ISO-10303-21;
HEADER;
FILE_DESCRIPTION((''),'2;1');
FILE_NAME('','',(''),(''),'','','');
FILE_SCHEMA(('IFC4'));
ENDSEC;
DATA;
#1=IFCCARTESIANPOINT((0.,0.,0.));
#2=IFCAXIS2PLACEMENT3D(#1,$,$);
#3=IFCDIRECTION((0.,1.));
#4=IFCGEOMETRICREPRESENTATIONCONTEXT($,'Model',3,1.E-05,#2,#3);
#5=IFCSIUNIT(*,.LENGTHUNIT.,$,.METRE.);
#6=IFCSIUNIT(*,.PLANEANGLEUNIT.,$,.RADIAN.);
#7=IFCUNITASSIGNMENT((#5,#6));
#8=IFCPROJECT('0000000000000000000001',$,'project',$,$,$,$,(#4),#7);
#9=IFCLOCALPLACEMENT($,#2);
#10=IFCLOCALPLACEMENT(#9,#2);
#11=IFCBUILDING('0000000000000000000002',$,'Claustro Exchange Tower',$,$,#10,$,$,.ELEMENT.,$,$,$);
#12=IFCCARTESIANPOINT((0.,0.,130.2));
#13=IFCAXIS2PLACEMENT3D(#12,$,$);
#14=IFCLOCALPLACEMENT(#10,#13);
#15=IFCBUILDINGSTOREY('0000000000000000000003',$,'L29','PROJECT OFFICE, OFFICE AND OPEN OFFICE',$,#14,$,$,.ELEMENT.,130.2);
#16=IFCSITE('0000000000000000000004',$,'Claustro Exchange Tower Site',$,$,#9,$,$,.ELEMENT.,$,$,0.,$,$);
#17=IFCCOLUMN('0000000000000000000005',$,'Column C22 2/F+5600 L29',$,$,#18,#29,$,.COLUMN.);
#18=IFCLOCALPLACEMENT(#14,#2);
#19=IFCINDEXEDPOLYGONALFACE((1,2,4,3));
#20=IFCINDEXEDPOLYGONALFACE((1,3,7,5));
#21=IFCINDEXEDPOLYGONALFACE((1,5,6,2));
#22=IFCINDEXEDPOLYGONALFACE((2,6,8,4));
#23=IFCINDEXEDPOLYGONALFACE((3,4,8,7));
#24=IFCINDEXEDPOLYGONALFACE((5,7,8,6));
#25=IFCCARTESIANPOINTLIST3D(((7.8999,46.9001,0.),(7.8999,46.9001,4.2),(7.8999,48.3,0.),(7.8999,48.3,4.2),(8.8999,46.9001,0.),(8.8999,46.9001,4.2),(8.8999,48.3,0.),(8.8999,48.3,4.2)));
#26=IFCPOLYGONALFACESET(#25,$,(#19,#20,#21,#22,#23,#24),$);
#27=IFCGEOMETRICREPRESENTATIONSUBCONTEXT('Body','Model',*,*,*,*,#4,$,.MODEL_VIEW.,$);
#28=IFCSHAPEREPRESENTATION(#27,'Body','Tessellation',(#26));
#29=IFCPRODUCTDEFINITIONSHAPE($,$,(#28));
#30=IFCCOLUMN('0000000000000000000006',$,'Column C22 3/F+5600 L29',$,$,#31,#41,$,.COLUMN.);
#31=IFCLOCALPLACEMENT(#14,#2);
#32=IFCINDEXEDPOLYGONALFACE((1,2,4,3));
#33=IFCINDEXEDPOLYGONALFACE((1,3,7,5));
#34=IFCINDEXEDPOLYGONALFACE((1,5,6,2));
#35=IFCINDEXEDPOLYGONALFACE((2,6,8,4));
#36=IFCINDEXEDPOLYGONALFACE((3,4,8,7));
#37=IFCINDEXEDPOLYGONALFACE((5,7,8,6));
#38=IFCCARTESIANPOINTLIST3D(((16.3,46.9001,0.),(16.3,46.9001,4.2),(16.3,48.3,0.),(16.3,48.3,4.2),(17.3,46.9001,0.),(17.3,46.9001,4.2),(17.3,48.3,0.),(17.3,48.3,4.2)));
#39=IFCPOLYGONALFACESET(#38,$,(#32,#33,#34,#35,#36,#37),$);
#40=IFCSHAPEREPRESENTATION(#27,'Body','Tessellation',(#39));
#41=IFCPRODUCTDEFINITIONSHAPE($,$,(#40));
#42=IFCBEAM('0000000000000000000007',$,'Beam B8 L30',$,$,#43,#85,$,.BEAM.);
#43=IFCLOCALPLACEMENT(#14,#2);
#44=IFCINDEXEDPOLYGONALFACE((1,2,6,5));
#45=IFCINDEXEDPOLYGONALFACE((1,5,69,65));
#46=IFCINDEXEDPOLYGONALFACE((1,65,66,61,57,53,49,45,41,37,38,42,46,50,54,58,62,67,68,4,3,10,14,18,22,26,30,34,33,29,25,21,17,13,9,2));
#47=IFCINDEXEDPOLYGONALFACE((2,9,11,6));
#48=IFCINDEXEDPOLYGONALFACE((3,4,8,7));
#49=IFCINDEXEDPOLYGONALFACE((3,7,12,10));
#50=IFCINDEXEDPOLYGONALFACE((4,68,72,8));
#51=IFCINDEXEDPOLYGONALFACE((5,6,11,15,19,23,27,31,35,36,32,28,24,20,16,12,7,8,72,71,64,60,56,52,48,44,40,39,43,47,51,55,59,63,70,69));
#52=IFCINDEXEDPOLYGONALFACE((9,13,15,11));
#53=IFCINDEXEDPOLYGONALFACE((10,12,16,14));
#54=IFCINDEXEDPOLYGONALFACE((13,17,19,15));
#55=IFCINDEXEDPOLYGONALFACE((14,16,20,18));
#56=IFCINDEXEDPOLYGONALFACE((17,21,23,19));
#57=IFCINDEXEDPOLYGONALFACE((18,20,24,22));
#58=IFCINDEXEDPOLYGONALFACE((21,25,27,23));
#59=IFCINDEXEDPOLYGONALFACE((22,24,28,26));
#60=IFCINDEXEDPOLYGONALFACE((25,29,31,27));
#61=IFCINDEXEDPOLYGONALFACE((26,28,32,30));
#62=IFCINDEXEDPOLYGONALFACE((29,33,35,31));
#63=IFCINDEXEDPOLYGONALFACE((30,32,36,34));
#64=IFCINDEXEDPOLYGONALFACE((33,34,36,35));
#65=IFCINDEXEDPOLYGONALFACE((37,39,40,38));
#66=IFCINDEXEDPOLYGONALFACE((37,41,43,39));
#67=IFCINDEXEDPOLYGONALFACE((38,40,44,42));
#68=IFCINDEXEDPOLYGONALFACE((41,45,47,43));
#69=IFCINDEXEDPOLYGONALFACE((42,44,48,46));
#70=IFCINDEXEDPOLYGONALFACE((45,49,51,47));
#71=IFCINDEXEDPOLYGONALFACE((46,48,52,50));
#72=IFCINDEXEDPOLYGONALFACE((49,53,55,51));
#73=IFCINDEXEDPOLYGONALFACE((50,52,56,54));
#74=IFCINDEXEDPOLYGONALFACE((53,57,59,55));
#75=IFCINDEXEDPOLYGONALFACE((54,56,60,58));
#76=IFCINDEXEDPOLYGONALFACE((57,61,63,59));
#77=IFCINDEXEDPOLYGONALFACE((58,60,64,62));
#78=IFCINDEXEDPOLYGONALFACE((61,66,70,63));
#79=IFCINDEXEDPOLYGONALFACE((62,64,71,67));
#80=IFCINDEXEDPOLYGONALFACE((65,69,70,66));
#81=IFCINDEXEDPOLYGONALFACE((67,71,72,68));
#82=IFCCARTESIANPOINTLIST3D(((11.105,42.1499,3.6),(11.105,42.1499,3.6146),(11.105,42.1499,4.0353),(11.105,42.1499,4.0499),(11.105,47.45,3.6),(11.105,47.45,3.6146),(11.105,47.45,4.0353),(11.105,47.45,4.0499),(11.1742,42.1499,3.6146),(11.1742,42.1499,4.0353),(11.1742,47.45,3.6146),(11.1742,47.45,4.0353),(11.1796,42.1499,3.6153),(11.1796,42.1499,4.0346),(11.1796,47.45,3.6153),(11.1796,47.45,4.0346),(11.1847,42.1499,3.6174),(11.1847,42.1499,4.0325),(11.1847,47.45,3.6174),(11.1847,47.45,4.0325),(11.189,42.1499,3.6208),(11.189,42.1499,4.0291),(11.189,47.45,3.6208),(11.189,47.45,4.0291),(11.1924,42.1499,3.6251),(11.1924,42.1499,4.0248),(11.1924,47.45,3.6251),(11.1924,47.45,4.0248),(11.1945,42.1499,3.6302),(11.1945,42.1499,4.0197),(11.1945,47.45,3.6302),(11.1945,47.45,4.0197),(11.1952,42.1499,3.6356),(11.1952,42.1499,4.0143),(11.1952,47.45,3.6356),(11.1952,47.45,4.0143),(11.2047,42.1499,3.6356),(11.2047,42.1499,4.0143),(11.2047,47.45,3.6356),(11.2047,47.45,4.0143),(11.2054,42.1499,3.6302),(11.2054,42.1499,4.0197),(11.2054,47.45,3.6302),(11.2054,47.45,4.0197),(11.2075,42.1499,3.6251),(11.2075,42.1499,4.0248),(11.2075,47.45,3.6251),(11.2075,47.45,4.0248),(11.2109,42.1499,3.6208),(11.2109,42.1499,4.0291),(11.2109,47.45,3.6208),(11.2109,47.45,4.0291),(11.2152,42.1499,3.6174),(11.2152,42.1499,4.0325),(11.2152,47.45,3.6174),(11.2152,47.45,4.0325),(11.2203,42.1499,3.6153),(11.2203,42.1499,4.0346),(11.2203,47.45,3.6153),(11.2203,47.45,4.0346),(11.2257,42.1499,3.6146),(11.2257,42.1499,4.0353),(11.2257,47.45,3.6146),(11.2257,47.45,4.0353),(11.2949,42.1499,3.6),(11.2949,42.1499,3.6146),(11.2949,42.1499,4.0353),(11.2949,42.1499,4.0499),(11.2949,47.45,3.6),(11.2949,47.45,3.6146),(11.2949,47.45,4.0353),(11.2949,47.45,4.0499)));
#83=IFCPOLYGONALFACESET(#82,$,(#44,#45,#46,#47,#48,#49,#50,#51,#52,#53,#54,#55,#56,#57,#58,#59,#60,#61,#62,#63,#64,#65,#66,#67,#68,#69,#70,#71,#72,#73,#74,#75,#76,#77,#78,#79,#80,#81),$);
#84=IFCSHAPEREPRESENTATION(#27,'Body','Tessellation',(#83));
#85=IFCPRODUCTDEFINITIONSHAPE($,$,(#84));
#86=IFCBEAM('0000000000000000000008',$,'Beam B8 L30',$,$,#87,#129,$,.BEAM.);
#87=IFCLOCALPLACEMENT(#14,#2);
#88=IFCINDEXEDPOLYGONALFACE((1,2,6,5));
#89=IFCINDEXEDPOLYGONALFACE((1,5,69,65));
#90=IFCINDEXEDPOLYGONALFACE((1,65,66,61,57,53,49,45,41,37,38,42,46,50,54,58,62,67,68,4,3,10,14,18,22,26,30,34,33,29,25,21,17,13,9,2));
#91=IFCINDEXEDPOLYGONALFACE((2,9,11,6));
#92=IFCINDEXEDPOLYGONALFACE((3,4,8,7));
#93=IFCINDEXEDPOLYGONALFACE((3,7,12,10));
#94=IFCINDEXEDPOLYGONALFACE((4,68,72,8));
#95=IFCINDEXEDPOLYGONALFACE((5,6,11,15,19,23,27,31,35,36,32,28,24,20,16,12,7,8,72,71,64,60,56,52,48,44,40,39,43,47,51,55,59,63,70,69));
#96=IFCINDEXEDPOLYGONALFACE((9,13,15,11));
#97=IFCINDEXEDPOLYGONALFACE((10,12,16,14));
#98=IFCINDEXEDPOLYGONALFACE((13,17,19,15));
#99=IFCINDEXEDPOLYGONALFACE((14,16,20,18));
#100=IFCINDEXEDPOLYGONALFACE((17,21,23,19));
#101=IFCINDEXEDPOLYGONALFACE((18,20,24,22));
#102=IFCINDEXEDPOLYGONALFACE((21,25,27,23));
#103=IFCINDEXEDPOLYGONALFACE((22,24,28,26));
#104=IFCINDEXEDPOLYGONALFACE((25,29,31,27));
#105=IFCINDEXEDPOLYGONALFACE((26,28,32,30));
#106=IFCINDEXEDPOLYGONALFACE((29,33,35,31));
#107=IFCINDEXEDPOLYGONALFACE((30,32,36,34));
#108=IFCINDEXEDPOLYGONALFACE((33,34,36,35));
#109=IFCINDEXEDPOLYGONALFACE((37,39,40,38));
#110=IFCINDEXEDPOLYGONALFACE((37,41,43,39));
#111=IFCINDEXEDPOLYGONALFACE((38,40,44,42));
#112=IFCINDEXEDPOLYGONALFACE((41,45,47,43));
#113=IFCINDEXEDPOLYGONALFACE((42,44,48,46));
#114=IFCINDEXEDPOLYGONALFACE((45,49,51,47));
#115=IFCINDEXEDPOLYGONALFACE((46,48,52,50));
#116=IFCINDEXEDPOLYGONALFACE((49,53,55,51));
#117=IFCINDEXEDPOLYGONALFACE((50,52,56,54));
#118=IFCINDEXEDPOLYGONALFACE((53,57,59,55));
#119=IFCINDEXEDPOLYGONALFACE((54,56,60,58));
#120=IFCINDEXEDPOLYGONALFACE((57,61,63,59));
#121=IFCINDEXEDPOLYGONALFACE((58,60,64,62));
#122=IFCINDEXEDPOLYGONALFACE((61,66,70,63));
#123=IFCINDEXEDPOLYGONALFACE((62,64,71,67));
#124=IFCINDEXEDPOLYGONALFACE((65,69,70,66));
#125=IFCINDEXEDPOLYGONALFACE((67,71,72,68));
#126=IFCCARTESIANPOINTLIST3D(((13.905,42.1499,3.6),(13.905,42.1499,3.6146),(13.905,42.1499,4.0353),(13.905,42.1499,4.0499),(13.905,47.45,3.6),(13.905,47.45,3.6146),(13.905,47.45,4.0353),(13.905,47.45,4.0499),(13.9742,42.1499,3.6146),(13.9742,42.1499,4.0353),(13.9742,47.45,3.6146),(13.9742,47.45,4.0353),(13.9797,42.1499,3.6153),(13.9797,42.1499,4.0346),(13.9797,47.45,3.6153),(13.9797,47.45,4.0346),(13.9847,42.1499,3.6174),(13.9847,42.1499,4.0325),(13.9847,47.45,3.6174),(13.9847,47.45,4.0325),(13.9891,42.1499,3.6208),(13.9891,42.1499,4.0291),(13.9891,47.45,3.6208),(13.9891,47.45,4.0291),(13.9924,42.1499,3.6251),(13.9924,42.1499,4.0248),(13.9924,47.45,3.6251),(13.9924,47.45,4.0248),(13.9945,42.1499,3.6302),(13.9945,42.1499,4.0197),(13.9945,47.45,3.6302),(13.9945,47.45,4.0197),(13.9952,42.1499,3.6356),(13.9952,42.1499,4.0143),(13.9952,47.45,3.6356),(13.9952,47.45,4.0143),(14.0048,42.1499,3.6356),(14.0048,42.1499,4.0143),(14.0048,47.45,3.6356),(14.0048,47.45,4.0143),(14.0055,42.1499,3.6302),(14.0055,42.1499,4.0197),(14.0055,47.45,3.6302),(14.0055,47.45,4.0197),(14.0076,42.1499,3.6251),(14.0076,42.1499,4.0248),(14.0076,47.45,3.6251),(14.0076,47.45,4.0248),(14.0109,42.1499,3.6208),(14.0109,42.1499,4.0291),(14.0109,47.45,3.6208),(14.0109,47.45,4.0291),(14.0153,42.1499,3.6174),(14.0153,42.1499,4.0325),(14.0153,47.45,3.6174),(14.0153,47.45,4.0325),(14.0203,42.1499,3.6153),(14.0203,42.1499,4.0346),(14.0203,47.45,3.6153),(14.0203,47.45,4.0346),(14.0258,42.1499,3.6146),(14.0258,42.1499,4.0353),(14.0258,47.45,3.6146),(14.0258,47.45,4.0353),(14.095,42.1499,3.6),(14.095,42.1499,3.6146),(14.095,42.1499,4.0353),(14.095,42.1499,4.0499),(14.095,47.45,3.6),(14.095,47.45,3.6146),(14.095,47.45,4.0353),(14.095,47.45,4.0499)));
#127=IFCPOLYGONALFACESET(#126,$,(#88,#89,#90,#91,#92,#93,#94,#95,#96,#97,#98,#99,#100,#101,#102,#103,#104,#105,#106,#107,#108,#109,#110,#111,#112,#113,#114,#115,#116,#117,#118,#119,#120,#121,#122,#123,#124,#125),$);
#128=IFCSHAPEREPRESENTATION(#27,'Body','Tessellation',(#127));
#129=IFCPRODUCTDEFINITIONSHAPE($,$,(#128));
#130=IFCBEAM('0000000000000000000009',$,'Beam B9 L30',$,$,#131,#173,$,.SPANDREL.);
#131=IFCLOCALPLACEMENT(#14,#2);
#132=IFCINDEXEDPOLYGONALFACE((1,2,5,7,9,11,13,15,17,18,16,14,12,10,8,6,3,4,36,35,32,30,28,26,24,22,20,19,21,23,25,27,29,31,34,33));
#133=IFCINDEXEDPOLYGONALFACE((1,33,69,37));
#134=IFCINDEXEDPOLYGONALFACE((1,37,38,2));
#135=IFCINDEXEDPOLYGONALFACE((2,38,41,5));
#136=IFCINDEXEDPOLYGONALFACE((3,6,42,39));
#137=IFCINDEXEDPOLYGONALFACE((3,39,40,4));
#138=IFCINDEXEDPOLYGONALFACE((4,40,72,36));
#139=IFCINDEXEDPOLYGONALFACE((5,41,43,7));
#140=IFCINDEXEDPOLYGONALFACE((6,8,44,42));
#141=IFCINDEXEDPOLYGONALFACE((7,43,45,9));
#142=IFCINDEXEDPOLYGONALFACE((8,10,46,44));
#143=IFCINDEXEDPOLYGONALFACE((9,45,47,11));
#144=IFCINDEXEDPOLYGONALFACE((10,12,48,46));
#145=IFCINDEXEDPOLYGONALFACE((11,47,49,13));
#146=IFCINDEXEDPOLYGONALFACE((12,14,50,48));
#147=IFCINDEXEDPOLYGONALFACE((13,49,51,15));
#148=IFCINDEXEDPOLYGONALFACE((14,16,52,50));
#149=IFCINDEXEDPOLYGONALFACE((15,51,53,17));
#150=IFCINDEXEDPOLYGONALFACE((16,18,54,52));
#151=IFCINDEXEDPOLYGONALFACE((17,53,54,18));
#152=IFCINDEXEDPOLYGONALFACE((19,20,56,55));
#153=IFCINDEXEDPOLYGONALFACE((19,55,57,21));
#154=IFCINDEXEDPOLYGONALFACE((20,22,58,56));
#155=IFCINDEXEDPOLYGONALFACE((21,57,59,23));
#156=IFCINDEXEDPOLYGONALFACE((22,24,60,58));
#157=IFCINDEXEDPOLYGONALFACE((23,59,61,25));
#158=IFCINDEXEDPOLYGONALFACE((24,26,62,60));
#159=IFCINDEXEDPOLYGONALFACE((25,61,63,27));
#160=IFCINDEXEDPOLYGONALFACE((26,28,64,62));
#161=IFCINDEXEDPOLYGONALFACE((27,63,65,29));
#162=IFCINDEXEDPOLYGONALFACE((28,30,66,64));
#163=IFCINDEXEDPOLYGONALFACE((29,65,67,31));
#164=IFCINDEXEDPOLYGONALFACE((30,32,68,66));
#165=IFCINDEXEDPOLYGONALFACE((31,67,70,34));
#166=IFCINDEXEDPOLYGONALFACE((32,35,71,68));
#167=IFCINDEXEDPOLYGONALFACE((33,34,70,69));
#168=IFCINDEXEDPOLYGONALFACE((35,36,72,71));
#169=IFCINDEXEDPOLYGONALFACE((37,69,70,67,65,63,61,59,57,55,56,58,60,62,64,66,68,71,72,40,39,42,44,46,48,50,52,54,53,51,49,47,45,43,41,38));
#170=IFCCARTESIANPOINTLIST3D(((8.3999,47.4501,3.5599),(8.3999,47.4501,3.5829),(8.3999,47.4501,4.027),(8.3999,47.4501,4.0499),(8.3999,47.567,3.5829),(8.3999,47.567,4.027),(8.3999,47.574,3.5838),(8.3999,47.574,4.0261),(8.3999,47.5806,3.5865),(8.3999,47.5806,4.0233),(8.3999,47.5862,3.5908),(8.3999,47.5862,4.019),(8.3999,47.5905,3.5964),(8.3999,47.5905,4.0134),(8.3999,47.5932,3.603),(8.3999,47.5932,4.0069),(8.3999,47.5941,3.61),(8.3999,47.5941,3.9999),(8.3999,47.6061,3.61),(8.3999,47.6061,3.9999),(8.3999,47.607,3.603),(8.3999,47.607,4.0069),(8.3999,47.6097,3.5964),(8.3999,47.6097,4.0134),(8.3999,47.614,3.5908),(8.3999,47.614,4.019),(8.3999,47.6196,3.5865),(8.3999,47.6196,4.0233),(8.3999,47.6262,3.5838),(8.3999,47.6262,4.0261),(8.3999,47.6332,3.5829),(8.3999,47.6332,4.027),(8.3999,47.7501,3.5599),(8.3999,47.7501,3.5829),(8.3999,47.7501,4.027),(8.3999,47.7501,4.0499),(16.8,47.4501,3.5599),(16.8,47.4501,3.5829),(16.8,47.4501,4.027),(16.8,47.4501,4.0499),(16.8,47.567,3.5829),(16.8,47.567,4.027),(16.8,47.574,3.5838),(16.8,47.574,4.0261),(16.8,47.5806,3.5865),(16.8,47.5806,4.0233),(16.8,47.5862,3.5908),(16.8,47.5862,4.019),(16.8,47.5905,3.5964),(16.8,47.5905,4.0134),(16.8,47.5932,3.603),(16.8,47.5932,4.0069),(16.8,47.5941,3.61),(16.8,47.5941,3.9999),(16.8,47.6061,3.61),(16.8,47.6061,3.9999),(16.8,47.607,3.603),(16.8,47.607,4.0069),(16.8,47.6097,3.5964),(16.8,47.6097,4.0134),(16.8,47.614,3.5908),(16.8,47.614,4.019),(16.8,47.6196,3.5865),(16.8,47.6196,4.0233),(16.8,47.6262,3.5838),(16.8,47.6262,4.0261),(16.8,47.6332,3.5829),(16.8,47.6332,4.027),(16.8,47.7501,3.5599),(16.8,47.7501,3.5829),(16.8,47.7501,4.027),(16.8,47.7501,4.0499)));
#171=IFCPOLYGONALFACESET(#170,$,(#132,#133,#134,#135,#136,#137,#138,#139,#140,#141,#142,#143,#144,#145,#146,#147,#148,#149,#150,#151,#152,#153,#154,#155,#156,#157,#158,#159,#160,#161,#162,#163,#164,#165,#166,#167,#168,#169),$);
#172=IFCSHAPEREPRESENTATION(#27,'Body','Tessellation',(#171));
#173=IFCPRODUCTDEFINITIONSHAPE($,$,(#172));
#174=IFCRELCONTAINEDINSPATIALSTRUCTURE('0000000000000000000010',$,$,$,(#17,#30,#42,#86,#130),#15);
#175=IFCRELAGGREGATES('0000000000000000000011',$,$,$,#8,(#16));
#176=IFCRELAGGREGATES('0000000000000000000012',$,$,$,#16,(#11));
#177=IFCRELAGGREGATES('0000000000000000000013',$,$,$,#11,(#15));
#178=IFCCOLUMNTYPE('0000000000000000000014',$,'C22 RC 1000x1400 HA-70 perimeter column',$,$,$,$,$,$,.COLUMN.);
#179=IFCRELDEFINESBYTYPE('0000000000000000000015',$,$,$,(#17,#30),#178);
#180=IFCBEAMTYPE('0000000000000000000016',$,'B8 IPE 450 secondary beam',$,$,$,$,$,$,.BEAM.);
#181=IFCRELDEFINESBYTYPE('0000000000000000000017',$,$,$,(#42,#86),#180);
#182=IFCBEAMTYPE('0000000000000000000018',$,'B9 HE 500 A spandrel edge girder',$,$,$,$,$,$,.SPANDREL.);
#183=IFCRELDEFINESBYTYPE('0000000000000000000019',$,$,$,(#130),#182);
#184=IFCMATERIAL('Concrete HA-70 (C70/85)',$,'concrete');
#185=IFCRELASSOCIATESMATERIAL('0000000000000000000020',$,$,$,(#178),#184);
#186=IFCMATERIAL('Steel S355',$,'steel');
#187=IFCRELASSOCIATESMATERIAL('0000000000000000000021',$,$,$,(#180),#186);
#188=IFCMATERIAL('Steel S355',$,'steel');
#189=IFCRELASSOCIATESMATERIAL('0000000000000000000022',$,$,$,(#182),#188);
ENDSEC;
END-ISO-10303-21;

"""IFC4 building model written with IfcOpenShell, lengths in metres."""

from ifc_helpers import new_model, si_unit, direction, frame, origin, origin_2d, place, context, subcontext, project, spatial, rectangle, i_section, extrude, material, material_profile, profile_set, type_object, element, save


model = new_model("IFC4")

# Units and contexts
model_context = context("Model", 3, precision=1e-05, world=origin(), true_north=direction((0.0, 1.0)))
body_context = subcontext(model_context, "Body", "Model", "MODEL_VIEW")
ifc_project = project(units=[si_unit("LENGTHUNIT", "METRE"), si_unit("PLANEANGLEUNIT", "RADIAN")], contexts=[model_context])

# Site, building, storey
site_placement = place(None, origin())
site = spatial("IfcSite", under=ifc_project, at=site_placement, Name="Claustro Exchange Tower Site", CompositionType="ELEMENT", RefElevation=0.0)
building_placement = place(site_placement, origin())
building = spatial("IfcBuilding", under=site, at=building_placement, Name="Claustro Exchange Tower", CompositionType="ELEMENT")
storey_placement = place(building_placement, frame((0.0, 0.0, 130.2)))
storey = spatial("IfcBuildingStorey", under=building, at=storey_placement, Name="L29", Description="PROJECT OFFICE, OFFICE AND OPEN OFFICE", CompositionType="ELEMENT", Elevation=130.2)

# Columns
ifc_material_1 = material(Name="Concrete HA-70 (C70/85)", Category="concrete")
ifc_material_profile_1 = material_profile(ifc_material_1, rectangle(XDim=1.0, YDim=1.3999, at=origin_2d()), Name="RC 1000x1400")
ifc_profile_set_1 = profile_set([ifc_material_profile_1], Name="Concrete HA-70 (C70/85)")
column_type = type_object("IfcColumnType", Name="C22 RC 1000x1400 HA-70 perimeter column", PredefinedType="COLUMN", material=ifc_profile_set_1)
for number, where, z_axis, x_axis, name in (
    (1, (8.3999, 47.6001, 0.0), (0.0, 0.0, 1.0), (1.0, 0.0, 0.0), "Column C22 2/F+5600 L29"),
    (2, (16.8, 47.6001, 0.0), (0.0, 0.0, 1.0), (1.0, 0.0, 0.0), "Column C22 3/F+5600 L29"),
):
    element("IfcColumn", number, at=place(storey_placement, frame(where, z_axis=z_axis, x_axis=x_axis)), inside=storey, type_object=column_type, Name=name, PredefinedType="COLUMN", context=body_context, shape_type="SweptSolid", body=[
        extrude(rectangle(XDim=1.0, YDim=1.3999, at=origin_2d()), origin(), (0.0, 0.0, 1.0), 4.2),
    ])

# Beams
ifc_material_2 = material(Name="Steel S355", Category="steel")
ifc_material_profile_2 = material_profile(ifc_material_2, i_section(OverallWidth=0.1899, OverallDepth=0.45, WebThickness=0.0095, FlangeThickness=0.0146, FilletRadius=0.021, at=origin_2d()), Name="IPE 450")
ifc_profile_set_2 = profile_set([ifc_material_profile_2], Name="Steel S355")
beam_type_1 = type_object("IfcBeamType", Name="B8 IPE 450 secondary beam", PredefinedType="BEAM", material=ifc_profile_set_2)
for number, where, z_axis, x_axis, name in (
    (3, (11.2, 42.1499, 3.825), (0.0, 1.0, 0.0), (-1.0, 0.0, 0.0), "Beam B8 L30"),
    (4, (14.0, 42.1499, 3.825), (0.0, 1.0, 0.0), (-1.0, 0.0, 0.0), "Beam B8 L30"),
):
    element("IfcBeam", number, at=place(storey_placement, frame(where, z_axis=z_axis, x_axis=x_axis)), inside=storey, type_object=beam_type_1, Name=name, PredefinedType="BEAM", context=body_context, shape_type="SweptSolid", body=[
        extrude(i_section(OverallWidth=0.1899, OverallDepth=0.45, WebThickness=0.0095, FlangeThickness=0.0146, FilletRadius=0.021, at=origin_2d()), origin(), (0.0, 0.0, 1.0), 5.3),
    ])
ifc_material_3 = material(Name="Steel S355", Category="steel")
ifc_material_profile_3 = material_profile(ifc_material_3, i_section(OverallWidth=0.3, OverallDepth=0.49, WebThickness=0.012, FlangeThickness=0.0229, FilletRadius=0.0271, at=origin_2d()), Name="HE 500 A")
ifc_profile_set_3 = profile_set([ifc_material_profile_3], Name="Steel S355")
beam_type_2 = type_object("IfcBeamType", Name="B9 HE 500 A spandrel edge girder", PredefinedType="SPANDREL", material=ifc_profile_set_3)
beam_1_placement = place(storey_placement, frame((8.3999, 47.6001, 3.8049), z_axis=(1.0, 0.0, 0.0), x_axis=(0.0, 1.0, 0.0)))
element("IfcBeam", 5, at=beam_1_placement, inside=storey, type_object=beam_type_2, Name="Beam B9 L30", PredefinedType="SPANDREL", context=body_context, shape_type="SweptSolid", body=[
    extrude(i_section(OverallWidth=0.3, OverallDepth=0.49, WebThickness=0.012, FlangeThickness=0.0229, FilletRadius=0.0271, at=origin_2d()), origin(), (0.0, 0.0, 1.0), 8.4001),
])

save(model, "model.ifc")
